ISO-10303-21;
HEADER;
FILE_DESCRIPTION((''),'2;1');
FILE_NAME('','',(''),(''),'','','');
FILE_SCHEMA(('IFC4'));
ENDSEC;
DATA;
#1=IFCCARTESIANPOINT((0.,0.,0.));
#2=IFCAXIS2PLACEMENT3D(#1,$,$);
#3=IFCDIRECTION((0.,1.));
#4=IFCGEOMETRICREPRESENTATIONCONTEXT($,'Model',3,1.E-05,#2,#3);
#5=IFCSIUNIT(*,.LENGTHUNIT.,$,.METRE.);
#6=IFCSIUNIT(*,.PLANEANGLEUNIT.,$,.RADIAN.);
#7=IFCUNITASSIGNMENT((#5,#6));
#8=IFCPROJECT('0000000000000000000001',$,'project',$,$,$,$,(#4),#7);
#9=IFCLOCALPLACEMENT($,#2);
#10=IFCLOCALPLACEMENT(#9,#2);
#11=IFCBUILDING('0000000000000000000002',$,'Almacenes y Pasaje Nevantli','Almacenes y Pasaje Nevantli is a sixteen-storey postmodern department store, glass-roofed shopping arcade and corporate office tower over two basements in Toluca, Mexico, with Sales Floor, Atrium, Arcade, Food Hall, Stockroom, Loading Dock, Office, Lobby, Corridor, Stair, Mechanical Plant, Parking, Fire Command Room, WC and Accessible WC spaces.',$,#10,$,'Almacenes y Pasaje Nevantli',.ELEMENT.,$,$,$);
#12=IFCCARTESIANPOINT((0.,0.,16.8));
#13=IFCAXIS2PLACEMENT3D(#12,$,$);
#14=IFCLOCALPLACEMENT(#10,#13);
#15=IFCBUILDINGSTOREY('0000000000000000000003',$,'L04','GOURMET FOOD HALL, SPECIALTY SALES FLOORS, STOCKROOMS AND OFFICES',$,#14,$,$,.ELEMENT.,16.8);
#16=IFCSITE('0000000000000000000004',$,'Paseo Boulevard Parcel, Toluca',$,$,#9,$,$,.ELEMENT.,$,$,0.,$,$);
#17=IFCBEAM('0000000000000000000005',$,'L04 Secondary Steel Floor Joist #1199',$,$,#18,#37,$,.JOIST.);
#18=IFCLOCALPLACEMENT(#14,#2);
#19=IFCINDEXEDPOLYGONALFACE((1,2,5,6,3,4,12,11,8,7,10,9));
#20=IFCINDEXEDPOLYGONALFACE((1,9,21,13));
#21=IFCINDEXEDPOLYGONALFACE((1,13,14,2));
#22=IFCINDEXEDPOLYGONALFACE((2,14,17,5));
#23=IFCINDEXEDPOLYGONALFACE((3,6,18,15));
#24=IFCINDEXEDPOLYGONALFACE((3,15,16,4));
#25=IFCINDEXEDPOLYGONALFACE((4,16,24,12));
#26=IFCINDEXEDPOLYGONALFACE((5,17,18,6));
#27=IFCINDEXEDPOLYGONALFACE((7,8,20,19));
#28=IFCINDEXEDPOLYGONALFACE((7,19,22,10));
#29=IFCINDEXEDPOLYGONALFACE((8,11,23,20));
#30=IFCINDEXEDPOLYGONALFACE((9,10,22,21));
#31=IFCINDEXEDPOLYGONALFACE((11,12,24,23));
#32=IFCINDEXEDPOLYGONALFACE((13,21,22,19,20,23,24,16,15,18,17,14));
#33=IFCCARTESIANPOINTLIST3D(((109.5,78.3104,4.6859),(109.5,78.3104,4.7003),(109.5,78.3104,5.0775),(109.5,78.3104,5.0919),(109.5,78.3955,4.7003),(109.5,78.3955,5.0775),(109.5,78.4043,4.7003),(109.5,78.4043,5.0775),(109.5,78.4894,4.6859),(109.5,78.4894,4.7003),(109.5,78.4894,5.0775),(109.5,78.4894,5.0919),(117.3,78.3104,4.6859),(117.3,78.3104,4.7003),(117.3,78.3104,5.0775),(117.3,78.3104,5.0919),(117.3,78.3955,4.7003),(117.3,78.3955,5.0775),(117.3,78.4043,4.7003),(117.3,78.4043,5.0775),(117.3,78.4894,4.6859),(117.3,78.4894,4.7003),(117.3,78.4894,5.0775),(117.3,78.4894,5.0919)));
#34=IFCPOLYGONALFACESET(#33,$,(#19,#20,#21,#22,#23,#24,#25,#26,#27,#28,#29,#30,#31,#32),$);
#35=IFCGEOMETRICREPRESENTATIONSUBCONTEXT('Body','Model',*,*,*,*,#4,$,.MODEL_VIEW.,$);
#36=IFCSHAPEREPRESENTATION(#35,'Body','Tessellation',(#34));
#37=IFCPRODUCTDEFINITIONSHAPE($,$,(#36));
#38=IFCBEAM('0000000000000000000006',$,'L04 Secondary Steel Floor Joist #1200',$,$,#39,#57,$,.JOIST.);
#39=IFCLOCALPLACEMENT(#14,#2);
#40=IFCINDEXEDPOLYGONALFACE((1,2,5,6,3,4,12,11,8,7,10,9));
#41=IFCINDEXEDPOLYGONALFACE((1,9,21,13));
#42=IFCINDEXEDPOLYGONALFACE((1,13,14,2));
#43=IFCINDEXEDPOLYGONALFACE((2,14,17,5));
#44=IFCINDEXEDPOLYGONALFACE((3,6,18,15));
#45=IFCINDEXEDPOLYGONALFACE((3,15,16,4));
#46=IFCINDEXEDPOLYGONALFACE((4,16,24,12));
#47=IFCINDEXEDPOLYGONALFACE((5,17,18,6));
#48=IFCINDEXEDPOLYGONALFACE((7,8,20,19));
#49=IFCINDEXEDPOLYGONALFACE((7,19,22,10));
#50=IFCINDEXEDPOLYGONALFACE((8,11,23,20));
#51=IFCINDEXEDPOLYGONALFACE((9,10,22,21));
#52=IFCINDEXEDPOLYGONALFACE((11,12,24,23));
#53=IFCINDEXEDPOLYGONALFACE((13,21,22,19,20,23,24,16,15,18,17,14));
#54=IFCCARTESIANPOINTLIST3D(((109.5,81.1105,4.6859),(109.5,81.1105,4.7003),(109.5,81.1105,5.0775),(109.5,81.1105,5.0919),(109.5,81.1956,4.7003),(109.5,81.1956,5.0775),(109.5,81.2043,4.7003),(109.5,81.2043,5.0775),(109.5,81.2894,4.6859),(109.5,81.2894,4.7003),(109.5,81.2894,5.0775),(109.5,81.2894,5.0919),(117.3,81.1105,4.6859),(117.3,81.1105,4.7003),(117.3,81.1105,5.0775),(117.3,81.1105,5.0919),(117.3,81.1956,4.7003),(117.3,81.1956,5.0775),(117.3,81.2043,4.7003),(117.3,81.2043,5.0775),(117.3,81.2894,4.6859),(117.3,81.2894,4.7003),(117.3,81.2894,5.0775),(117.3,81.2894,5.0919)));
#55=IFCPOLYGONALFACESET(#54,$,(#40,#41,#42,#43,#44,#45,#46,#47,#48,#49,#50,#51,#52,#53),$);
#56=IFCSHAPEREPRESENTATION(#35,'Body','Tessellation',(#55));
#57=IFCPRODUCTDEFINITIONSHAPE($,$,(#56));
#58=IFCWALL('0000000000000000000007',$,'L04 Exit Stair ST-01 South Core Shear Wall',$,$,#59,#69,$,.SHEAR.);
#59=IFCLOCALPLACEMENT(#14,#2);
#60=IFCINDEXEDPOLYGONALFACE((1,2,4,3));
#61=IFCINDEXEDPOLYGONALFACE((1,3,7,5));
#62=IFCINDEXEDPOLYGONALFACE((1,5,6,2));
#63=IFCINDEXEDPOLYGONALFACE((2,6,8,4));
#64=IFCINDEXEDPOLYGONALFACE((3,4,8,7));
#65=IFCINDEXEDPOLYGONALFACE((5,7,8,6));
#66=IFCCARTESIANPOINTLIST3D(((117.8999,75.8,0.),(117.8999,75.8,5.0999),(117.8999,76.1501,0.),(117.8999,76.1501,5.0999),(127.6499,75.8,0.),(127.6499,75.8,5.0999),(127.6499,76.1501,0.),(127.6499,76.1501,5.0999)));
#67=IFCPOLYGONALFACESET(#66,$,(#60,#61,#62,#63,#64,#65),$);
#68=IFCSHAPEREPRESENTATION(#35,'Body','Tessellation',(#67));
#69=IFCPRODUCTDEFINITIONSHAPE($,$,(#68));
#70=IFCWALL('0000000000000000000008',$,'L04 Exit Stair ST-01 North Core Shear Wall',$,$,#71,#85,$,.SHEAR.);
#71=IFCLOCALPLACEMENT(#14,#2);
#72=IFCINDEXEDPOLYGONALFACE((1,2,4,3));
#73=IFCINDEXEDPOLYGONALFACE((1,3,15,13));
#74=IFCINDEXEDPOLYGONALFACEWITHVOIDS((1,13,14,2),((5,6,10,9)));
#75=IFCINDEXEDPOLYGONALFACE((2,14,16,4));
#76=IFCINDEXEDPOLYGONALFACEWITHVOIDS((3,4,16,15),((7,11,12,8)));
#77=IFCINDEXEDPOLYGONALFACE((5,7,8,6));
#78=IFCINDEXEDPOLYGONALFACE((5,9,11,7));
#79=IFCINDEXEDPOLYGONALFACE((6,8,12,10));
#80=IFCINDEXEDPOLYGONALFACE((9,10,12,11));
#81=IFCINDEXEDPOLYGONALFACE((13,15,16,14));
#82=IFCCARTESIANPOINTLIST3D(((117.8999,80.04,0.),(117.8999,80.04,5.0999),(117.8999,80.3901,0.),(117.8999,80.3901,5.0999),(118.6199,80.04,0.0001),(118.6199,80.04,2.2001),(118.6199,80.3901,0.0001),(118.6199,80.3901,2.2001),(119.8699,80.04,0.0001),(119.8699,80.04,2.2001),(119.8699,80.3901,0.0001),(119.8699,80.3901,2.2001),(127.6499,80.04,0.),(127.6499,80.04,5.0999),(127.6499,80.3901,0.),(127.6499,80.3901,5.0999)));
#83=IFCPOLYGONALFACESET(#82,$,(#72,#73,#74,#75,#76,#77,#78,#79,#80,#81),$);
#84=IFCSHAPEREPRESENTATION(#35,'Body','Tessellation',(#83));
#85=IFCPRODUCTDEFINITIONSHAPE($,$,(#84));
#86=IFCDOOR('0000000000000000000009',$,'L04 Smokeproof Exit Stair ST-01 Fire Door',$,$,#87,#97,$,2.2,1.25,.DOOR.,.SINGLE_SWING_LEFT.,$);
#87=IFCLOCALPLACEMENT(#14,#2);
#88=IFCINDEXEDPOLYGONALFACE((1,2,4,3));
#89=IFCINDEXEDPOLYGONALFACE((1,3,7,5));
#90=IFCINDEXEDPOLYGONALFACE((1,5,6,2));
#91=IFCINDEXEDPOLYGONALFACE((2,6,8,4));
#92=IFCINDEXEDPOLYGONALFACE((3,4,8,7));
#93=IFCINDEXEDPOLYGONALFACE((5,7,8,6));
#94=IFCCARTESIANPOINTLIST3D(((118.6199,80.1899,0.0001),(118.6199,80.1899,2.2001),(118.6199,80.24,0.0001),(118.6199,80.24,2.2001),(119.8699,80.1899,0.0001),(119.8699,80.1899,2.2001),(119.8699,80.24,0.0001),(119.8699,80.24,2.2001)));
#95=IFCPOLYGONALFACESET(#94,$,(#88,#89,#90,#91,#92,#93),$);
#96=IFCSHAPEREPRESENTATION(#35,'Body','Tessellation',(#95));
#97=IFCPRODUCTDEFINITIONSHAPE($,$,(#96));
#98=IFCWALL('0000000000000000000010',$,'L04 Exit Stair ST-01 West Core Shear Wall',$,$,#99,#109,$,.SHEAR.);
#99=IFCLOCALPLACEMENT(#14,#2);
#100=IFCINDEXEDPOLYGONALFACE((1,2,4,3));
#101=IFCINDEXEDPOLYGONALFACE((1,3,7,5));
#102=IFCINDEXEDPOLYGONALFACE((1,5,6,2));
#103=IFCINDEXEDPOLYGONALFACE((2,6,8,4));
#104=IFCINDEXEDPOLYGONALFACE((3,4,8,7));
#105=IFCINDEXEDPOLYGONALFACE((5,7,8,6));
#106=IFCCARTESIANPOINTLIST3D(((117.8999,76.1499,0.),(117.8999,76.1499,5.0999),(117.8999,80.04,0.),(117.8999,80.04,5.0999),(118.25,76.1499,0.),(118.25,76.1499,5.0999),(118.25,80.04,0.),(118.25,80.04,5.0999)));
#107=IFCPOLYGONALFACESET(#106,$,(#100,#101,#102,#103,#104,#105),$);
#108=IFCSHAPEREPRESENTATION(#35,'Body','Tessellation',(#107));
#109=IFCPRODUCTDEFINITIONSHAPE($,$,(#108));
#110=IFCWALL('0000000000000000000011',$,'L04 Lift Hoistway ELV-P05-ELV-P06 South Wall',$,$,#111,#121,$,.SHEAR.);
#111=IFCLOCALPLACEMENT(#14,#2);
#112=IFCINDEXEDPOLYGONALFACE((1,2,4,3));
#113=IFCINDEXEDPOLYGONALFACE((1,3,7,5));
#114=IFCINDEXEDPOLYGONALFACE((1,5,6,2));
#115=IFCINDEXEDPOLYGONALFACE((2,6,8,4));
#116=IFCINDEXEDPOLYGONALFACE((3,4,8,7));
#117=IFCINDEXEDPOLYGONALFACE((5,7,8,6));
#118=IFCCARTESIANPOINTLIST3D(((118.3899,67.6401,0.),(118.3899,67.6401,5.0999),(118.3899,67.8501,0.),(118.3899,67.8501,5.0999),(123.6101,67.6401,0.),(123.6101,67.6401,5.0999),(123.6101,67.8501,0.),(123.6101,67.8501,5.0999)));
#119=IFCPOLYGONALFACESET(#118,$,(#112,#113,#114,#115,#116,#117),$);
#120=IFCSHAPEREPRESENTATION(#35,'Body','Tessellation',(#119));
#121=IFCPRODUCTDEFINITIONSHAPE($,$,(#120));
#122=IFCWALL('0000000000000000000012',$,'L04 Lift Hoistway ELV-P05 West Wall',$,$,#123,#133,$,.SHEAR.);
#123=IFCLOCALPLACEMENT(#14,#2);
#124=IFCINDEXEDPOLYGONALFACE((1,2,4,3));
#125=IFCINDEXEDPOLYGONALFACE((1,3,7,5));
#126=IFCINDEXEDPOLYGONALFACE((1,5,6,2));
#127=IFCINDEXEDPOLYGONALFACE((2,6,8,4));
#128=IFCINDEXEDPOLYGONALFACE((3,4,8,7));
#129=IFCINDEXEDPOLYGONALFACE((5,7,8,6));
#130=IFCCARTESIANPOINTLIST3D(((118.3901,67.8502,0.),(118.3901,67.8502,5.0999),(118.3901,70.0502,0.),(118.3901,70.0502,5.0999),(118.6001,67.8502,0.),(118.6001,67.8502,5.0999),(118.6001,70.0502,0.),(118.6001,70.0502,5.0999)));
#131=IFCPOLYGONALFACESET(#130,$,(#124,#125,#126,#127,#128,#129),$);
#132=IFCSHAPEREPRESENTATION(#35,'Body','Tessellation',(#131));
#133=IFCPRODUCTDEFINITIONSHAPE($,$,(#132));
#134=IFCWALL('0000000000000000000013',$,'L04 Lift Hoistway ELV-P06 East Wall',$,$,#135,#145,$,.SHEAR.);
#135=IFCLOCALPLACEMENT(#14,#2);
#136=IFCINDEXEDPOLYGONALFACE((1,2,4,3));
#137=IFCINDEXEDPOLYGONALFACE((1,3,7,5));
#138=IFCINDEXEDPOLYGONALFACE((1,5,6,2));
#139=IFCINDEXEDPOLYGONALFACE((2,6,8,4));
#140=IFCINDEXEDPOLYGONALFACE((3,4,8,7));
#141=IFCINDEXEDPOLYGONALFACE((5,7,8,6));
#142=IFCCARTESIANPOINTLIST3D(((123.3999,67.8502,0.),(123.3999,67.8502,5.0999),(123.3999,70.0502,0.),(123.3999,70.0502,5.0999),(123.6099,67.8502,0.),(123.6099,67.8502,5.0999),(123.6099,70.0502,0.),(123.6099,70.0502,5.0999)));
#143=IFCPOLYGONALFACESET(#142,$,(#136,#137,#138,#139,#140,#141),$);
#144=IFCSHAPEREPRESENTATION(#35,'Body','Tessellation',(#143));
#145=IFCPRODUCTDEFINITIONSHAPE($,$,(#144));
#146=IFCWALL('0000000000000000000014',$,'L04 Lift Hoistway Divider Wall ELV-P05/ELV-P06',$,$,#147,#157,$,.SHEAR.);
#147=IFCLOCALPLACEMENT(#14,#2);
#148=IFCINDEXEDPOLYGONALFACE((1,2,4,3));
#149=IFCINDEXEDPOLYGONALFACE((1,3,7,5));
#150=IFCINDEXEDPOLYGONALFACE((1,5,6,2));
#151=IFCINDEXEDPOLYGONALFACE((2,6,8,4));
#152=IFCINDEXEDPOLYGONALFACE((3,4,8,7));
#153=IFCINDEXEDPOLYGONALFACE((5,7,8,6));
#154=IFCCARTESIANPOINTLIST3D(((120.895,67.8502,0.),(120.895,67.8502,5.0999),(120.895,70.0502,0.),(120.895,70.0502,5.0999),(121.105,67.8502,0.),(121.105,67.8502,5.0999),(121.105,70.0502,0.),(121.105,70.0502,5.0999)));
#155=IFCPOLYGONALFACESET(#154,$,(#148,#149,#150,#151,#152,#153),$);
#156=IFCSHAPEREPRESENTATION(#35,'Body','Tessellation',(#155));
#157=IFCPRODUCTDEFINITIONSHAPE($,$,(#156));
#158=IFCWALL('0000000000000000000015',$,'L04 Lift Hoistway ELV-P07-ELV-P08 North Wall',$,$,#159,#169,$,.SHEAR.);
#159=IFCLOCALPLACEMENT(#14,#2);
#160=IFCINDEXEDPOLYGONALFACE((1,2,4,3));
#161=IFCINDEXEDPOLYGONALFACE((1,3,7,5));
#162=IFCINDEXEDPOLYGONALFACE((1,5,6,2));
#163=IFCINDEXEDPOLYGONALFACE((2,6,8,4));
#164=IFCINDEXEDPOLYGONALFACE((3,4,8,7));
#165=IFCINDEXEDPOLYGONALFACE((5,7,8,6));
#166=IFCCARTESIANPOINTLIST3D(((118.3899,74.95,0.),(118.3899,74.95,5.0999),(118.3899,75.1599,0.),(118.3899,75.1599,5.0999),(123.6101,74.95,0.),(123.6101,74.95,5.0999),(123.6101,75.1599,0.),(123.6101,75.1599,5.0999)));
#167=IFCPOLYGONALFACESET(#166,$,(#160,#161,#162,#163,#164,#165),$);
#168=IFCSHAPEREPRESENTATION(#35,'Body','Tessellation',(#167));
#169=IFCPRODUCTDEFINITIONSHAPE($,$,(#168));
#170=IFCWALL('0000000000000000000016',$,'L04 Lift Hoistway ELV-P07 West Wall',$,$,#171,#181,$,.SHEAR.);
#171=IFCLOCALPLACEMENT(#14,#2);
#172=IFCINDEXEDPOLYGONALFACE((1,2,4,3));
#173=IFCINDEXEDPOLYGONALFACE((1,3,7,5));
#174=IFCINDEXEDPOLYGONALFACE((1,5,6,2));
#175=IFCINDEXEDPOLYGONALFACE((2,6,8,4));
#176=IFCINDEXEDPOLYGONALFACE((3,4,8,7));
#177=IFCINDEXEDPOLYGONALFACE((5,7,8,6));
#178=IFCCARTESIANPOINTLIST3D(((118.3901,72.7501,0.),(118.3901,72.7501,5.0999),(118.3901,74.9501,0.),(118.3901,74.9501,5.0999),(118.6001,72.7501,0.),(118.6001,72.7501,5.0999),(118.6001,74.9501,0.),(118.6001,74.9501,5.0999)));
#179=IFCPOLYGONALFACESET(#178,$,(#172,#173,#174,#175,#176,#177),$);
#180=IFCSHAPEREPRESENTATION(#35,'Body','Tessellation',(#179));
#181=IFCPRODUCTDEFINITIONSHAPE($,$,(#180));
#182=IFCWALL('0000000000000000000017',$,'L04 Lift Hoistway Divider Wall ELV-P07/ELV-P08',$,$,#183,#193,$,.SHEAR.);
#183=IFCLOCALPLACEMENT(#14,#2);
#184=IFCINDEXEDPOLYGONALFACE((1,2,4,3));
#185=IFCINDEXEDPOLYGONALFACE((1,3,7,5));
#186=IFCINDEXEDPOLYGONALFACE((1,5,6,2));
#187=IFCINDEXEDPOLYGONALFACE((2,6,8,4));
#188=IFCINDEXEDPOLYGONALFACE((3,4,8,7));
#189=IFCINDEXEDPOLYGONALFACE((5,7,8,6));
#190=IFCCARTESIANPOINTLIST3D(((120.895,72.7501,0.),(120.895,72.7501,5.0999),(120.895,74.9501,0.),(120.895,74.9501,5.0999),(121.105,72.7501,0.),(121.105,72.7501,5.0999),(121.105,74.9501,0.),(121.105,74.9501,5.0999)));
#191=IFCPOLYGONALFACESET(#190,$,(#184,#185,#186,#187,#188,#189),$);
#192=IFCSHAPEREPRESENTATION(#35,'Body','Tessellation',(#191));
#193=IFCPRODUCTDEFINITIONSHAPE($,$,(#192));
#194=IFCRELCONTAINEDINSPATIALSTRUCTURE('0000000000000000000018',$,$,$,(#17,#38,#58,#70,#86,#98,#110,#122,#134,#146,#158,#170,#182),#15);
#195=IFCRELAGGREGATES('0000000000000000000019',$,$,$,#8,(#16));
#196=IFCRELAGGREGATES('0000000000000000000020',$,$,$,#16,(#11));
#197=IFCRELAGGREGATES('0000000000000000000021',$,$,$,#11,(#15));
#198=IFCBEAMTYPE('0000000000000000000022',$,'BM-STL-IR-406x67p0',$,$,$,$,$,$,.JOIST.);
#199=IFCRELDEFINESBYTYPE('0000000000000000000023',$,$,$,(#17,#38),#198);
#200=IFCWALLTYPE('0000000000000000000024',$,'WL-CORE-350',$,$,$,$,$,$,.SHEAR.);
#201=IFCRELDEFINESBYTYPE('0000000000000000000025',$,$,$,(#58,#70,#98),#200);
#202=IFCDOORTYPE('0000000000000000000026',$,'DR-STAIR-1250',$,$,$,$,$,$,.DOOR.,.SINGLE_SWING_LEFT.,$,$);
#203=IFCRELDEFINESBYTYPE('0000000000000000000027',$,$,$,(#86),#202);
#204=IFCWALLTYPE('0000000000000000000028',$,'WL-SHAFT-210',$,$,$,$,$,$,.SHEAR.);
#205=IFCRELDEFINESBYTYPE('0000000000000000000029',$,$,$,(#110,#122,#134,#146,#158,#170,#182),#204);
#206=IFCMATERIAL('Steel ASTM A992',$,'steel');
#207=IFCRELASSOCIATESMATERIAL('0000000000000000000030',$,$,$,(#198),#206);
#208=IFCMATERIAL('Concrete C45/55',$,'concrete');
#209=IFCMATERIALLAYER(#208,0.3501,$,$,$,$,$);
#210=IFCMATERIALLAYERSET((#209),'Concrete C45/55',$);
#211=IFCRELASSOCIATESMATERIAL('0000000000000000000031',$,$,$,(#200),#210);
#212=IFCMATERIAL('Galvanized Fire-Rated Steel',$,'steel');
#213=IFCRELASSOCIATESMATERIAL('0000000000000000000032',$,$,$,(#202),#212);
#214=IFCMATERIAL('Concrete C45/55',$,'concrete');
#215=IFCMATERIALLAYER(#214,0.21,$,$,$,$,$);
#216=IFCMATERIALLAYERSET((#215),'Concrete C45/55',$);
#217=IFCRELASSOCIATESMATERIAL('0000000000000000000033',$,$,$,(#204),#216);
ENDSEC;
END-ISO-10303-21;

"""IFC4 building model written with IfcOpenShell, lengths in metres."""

from ifc_helpers import new_model, si_unit, direction, frame, frame_2d, origin, origin_2d, place, context, subcontext, project, spatial, rectangle, i_section, extrude, material, layer, layer_set, material_profile, profile_set, type_object, element, fill, save


model = new_model("IFC4")

# Units and contexts
model_context = context("Model", 3, precision=1e-05, world=origin(), true_north=direction((0.0, 1.0)))
body_context = subcontext(model_context, "Body", "Model", "MODEL_VIEW")
ifc_project = project(units=[si_unit("LENGTHUNIT", "METRE"), si_unit("PLANEANGLEUNIT", "RADIAN")], contexts=[model_context])

# Site, building, storey
site_placement = place(None, origin())
site = spatial("IfcSite", under=ifc_project, at=site_placement, Name="Paseo Boulevard Parcel, Toluca", CompositionType="ELEMENT", RefElevation=0.0)
building_placement = place(site_placement, origin())
building = spatial("IfcBuilding", under=site, at=building_placement, Name="Almacenes y Pasaje Nevantli", Description="Almacenes y Pasaje Nevantli is a sixteen-storey postmodern department store, glass-roofed shopping arcade and corporate office tower over two basements in Toluca, Mexico, with Sales Floor, Atrium, Arcade, Food Hall, Stockroom, Loading Dock, Office, Lobby, Corridor, Stair, Mechanical Plant, Parking, Fire Command Room, WC and Accessible WC spaces.", LongName="Almacenes y Pasaje Nevantli", CompositionType="ELEMENT")
storey_placement = place(building_placement, frame((0.0, 0.0, 16.8)))
storey = spatial("IfcBuildingStorey", under=building, at=storey_placement, Name="L04", Description="GOURMET FOOD HALL, SPECIALTY SALES FLOORS, STOCKROOMS AND OFFICES", CompositionType="ELEMENT", Elevation=16.8)

# Beams
ifc_material_1 = material(Name="Steel ASTM A992", Category="steel")
ifc_material_profile_1 = material_profile(ifc_material_1, i_section(OverallWidth=0.179, OverallDepth=0.406, WebThickness=0.0088, FlangeThickness=0.0144, at=origin_2d()), Name="IR 406x67.0")
ifc_profile_set_1 = profile_set([ifc_material_profile_1], Name="Steel ASTM A992")
beam_type_1 = type_object("IfcBeamType", Name="BM-STL-IR-406x67p0", PredefinedType="JOIST", material=ifc_profile_set_1)
for number, where, z_axis, x_axis, name in (
    (1, (109.5, 78.3999, 4.8889), (1.0, 0.0, 0.0), (0.0, 1.0, 0.0), "L04 Secondary Steel Floor Joist #1199"),
    (2, (109.5, 81.2, 4.8889), (1.0, 0.0, 0.0), (0.0, 1.0, 0.0), "L04 Secondary Steel Floor Joist #1200"),
):
    element("IfcBeam", number, at=place(storey_placement, frame(where, z_axis=z_axis, x_axis=x_axis)), inside=storey, type_object=beam_type_1, Name=name, PredefinedType="JOIST", context=body_context, shape_type="SweptSolid", body=[
        extrude(i_section(OverallWidth=0.179, OverallDepth=0.406, WebThickness=0.0088, FlangeThickness=0.0144, at=origin_2d()), origin(), (0.0, 0.0, 1.0), 7.8),
    ])

# Wall
ifc_material_2 = material(Name="Concrete C45/55", Category="concrete")
ifc_layer_1 = layer(ifc_material_2, 0.3501)
ifc_layer_set_1 = layer_set([ifc_layer_1], Name="Concrete C45/55")
wall_type_1 = type_object("IfcWallType", Name="WL-CORE-350", PredefinedType="SHEAR", material=ifc_layer_set_1)
wall_1_placement = place(storey_placement, frame((117.8999, 75.9751, 0.0), z_axis=(0.0, 0.0, 1.0), x_axis=(1.0, 0.0, 0.0)))
element("IfcWall", 3, at=wall_1_placement, inside=storey, type_object=wall_type_1, Name="L04 Exit Stair ST-01 South Core Shear Wall", PredefinedType="SHEAR", context=body_context, shape_type="SweptSolid", body=[
    extrude(rectangle(XDim=9.75, YDim=0.3501, at=frame_2d((4.875, 0.0))), origin(), (0.0, 0.0, 1.0), 5.0999),
])

# Wall, opening, door
wall_2_placement = place(storey_placement, frame((117.8999, 80.2151, 0.0), z_axis=(0.0, 0.0, 1.0), x_axis=(1.0, 0.0, 0.0)))
wall_2 = element("IfcWall", 4, at=wall_2_placement, inside=storey, type_object=wall_type_1, Name="L04 Exit Stair ST-01 North Core Shear Wall", PredefinedType="SHEAR", context=body_context, shape_type="SweptSolid", body=[
    extrude(rectangle(XDim=9.75, YDim=0.3501, at=frame_2d((4.875, 0.0))), origin(), (0.0, 0.0, 1.0), 5.0999),
])
opening_1_placement = place(wall_2_placement, frame((0.72, 0.0, 0.0)))
opening_1 = element("IfcOpeningElement", 5, at=opening_1_placement, cuts=wall_2, PredefinedType="OPENING", context=body_context, shape_type="SweptSolid", body=[
    extrude(rectangle(XDim=1.25, YDim=2.2, at=frame_2d((0.625, 1.1001))), frame((0.0, 0.1851, 0.0), z_axis=(0.0, -1.0, 0.0), x_axis=(1.0, 0.0, 0.0)), (0.0, 0.0, 1.0), 0.3701),
])
ifc_material_3 = material(Name="Galvanized Fire-Rated Steel", Category="steel")
door_type_1 = type_object("IfcDoorType", Name="DR-STAIR-1250", OperationType="SINGLE_SWING_LEFT", PredefinedType="DOOR", material=ifc_material_3)
door_1_placement = place(opening_1_placement, origin())
door_1 = element("IfcDoor", 6, at=door_1_placement, inside=storey, type_object=door_type_1, Name="L04 Smokeproof Exit Stair ST-01 Fire Door", OperationType="SINGLE_SWING_LEFT", OverallHeight=2.2, OverallWidth=1.25, PredefinedType="DOOR", context=body_context, shape_type="SweptSolid", body=[
    extrude(rectangle(XDim=1.25, YDim=2.2, at=frame_2d((0.625, 1.1001))), frame((0.0, 0.0249, 0.0), z_axis=(0.0, -1.0, 0.0), x_axis=(1.0, 0.0, 0.0)), (0.0, 0.0, 1.0), 0.05),
])
fill(opening_1, door_1)

# Walls
wall_3_placement = place(storey_placement, frame((118.075, 76.1499, 0.0), z_axis=(0.0, 0.0, 1.0), x_axis=(0.0, 1.0, 0.0)))
element("IfcWall", 7, at=wall_3_placement, inside=storey, type_object=wall_type_1, Name="L04 Exit Stair ST-01 West Core Shear Wall", PredefinedType="SHEAR", context=body_context, shape_type="SweptSolid", body=[
    extrude(rectangle(XDim=3.8901, YDim=0.3501, at=frame_2d((1.9451, 0.0))), origin(), (0.0, 0.0, 1.0), 5.0999),
])
ifc_material_4 = material(Name="Concrete C45/55", Category="concrete")
ifc_layer_2 = layer(ifc_material_4, 0.21)
ifc_layer_set_2 = layer_set([ifc_layer_2], Name="Concrete C45/55")
wall_type_2 = type_object("IfcWallType", Name="WL-SHAFT-210", PredefinedType="SHEAR", material=ifc_layer_set_2)
wall_4_placement = place(storey_placement, frame((118.3899, 67.7451, 0.0), z_axis=(0.0, 0.0, 1.0), x_axis=(1.0, 0.0, 0.0)))
element("IfcWall", 8, at=wall_4_placement, inside=storey, type_object=wall_type_2, Name="L04 Lift Hoistway ELV-P05-ELV-P06 South Wall", PredefinedType="SHEAR", context=body_context, shape_type="SweptSolid", body=[
    extrude(rectangle(XDim=5.2202, YDim=0.21, at=frame_2d((2.6101, 0.0))), origin(), (0.0, 0.0, 1.0), 5.0999),
])

# Walls
for number, where, z_axis, x_axis, name in (
    (9, (118.4951, 67.8501, 0.0), (0.0, 0.0, 1.0), (0.0, 1.0, 0.0), "L04 Lift Hoistway ELV-P05 West Wall"),
    (10, (123.5049, 67.8501, 0.0), (0.0, 0.0, 1.0), (0.0, 1.0, 0.0), "L04 Lift Hoistway ELV-P06 East Wall"),
    (11, (121.0, 67.8501, 0.0), (0.0, 0.0, 1.0), (0.0, 1.0, 0.0), "L04 Lift Hoistway Divider Wall ELV-P05/ELV-P06"),
):
    element("IfcWall", number, at=place(storey_placement, frame(where, z_axis=z_axis, x_axis=x_axis)), inside=storey, type_object=wall_type_2, Name=name, PredefinedType="SHEAR", context=body_context, shape_type="SweptSolid", body=[
        extrude(rectangle(XDim=2.2, YDim=0.21, at=frame_2d((1.1001, 0.0))), origin(), (0.0, 0.0, 1.0), 5.0999),
    ])

# Walls
wall_5_placement = place(storey_placement, frame((118.3899, 75.0549, 0.0), z_axis=(0.0, 0.0, 1.0), x_axis=(1.0, 0.0, 0.0)))
element("IfcWall", 12, at=wall_5_placement, inside=storey, type_object=wall_type_2, Name="L04 Lift Hoistway ELV-P07-ELV-P08 North Wall", PredefinedType="SHEAR", context=body_context, shape_type="SweptSolid", body=[
    extrude(rectangle(XDim=5.2202, YDim=0.21, at=frame_2d((2.6101, 0.0))), origin(), (0.0, 0.0, 1.0), 5.0999),
])
for number, where, z_axis, x_axis, name in (
    (13, (118.4951, 72.75, 0.0), (0.0, 0.0, 1.0), (0.0, 1.0, 0.0), "L04 Lift Hoistway ELV-P07 West Wall"),
    (14, (121.0, 72.75, 0.0), (0.0, 0.0, 1.0), (0.0, 1.0, 0.0), "L04 Lift Hoistway Divider Wall ELV-P07/ELV-P08"),
):
    element("IfcWall", number, at=place(storey_placement, frame(where, z_axis=z_axis, x_axis=x_axis)), inside=storey, type_object=wall_type_2, Name=name, PredefinedType="SHEAR", context=body_context, shape_type="SweptSolid", body=[
        extrude(rectangle(XDim=2.2, YDim=0.21, at=frame_2d((1.1001, 0.0))), origin(), (0.0, 0.0, 1.0), 5.0999),
    ])

save(model, "model.ifc")
